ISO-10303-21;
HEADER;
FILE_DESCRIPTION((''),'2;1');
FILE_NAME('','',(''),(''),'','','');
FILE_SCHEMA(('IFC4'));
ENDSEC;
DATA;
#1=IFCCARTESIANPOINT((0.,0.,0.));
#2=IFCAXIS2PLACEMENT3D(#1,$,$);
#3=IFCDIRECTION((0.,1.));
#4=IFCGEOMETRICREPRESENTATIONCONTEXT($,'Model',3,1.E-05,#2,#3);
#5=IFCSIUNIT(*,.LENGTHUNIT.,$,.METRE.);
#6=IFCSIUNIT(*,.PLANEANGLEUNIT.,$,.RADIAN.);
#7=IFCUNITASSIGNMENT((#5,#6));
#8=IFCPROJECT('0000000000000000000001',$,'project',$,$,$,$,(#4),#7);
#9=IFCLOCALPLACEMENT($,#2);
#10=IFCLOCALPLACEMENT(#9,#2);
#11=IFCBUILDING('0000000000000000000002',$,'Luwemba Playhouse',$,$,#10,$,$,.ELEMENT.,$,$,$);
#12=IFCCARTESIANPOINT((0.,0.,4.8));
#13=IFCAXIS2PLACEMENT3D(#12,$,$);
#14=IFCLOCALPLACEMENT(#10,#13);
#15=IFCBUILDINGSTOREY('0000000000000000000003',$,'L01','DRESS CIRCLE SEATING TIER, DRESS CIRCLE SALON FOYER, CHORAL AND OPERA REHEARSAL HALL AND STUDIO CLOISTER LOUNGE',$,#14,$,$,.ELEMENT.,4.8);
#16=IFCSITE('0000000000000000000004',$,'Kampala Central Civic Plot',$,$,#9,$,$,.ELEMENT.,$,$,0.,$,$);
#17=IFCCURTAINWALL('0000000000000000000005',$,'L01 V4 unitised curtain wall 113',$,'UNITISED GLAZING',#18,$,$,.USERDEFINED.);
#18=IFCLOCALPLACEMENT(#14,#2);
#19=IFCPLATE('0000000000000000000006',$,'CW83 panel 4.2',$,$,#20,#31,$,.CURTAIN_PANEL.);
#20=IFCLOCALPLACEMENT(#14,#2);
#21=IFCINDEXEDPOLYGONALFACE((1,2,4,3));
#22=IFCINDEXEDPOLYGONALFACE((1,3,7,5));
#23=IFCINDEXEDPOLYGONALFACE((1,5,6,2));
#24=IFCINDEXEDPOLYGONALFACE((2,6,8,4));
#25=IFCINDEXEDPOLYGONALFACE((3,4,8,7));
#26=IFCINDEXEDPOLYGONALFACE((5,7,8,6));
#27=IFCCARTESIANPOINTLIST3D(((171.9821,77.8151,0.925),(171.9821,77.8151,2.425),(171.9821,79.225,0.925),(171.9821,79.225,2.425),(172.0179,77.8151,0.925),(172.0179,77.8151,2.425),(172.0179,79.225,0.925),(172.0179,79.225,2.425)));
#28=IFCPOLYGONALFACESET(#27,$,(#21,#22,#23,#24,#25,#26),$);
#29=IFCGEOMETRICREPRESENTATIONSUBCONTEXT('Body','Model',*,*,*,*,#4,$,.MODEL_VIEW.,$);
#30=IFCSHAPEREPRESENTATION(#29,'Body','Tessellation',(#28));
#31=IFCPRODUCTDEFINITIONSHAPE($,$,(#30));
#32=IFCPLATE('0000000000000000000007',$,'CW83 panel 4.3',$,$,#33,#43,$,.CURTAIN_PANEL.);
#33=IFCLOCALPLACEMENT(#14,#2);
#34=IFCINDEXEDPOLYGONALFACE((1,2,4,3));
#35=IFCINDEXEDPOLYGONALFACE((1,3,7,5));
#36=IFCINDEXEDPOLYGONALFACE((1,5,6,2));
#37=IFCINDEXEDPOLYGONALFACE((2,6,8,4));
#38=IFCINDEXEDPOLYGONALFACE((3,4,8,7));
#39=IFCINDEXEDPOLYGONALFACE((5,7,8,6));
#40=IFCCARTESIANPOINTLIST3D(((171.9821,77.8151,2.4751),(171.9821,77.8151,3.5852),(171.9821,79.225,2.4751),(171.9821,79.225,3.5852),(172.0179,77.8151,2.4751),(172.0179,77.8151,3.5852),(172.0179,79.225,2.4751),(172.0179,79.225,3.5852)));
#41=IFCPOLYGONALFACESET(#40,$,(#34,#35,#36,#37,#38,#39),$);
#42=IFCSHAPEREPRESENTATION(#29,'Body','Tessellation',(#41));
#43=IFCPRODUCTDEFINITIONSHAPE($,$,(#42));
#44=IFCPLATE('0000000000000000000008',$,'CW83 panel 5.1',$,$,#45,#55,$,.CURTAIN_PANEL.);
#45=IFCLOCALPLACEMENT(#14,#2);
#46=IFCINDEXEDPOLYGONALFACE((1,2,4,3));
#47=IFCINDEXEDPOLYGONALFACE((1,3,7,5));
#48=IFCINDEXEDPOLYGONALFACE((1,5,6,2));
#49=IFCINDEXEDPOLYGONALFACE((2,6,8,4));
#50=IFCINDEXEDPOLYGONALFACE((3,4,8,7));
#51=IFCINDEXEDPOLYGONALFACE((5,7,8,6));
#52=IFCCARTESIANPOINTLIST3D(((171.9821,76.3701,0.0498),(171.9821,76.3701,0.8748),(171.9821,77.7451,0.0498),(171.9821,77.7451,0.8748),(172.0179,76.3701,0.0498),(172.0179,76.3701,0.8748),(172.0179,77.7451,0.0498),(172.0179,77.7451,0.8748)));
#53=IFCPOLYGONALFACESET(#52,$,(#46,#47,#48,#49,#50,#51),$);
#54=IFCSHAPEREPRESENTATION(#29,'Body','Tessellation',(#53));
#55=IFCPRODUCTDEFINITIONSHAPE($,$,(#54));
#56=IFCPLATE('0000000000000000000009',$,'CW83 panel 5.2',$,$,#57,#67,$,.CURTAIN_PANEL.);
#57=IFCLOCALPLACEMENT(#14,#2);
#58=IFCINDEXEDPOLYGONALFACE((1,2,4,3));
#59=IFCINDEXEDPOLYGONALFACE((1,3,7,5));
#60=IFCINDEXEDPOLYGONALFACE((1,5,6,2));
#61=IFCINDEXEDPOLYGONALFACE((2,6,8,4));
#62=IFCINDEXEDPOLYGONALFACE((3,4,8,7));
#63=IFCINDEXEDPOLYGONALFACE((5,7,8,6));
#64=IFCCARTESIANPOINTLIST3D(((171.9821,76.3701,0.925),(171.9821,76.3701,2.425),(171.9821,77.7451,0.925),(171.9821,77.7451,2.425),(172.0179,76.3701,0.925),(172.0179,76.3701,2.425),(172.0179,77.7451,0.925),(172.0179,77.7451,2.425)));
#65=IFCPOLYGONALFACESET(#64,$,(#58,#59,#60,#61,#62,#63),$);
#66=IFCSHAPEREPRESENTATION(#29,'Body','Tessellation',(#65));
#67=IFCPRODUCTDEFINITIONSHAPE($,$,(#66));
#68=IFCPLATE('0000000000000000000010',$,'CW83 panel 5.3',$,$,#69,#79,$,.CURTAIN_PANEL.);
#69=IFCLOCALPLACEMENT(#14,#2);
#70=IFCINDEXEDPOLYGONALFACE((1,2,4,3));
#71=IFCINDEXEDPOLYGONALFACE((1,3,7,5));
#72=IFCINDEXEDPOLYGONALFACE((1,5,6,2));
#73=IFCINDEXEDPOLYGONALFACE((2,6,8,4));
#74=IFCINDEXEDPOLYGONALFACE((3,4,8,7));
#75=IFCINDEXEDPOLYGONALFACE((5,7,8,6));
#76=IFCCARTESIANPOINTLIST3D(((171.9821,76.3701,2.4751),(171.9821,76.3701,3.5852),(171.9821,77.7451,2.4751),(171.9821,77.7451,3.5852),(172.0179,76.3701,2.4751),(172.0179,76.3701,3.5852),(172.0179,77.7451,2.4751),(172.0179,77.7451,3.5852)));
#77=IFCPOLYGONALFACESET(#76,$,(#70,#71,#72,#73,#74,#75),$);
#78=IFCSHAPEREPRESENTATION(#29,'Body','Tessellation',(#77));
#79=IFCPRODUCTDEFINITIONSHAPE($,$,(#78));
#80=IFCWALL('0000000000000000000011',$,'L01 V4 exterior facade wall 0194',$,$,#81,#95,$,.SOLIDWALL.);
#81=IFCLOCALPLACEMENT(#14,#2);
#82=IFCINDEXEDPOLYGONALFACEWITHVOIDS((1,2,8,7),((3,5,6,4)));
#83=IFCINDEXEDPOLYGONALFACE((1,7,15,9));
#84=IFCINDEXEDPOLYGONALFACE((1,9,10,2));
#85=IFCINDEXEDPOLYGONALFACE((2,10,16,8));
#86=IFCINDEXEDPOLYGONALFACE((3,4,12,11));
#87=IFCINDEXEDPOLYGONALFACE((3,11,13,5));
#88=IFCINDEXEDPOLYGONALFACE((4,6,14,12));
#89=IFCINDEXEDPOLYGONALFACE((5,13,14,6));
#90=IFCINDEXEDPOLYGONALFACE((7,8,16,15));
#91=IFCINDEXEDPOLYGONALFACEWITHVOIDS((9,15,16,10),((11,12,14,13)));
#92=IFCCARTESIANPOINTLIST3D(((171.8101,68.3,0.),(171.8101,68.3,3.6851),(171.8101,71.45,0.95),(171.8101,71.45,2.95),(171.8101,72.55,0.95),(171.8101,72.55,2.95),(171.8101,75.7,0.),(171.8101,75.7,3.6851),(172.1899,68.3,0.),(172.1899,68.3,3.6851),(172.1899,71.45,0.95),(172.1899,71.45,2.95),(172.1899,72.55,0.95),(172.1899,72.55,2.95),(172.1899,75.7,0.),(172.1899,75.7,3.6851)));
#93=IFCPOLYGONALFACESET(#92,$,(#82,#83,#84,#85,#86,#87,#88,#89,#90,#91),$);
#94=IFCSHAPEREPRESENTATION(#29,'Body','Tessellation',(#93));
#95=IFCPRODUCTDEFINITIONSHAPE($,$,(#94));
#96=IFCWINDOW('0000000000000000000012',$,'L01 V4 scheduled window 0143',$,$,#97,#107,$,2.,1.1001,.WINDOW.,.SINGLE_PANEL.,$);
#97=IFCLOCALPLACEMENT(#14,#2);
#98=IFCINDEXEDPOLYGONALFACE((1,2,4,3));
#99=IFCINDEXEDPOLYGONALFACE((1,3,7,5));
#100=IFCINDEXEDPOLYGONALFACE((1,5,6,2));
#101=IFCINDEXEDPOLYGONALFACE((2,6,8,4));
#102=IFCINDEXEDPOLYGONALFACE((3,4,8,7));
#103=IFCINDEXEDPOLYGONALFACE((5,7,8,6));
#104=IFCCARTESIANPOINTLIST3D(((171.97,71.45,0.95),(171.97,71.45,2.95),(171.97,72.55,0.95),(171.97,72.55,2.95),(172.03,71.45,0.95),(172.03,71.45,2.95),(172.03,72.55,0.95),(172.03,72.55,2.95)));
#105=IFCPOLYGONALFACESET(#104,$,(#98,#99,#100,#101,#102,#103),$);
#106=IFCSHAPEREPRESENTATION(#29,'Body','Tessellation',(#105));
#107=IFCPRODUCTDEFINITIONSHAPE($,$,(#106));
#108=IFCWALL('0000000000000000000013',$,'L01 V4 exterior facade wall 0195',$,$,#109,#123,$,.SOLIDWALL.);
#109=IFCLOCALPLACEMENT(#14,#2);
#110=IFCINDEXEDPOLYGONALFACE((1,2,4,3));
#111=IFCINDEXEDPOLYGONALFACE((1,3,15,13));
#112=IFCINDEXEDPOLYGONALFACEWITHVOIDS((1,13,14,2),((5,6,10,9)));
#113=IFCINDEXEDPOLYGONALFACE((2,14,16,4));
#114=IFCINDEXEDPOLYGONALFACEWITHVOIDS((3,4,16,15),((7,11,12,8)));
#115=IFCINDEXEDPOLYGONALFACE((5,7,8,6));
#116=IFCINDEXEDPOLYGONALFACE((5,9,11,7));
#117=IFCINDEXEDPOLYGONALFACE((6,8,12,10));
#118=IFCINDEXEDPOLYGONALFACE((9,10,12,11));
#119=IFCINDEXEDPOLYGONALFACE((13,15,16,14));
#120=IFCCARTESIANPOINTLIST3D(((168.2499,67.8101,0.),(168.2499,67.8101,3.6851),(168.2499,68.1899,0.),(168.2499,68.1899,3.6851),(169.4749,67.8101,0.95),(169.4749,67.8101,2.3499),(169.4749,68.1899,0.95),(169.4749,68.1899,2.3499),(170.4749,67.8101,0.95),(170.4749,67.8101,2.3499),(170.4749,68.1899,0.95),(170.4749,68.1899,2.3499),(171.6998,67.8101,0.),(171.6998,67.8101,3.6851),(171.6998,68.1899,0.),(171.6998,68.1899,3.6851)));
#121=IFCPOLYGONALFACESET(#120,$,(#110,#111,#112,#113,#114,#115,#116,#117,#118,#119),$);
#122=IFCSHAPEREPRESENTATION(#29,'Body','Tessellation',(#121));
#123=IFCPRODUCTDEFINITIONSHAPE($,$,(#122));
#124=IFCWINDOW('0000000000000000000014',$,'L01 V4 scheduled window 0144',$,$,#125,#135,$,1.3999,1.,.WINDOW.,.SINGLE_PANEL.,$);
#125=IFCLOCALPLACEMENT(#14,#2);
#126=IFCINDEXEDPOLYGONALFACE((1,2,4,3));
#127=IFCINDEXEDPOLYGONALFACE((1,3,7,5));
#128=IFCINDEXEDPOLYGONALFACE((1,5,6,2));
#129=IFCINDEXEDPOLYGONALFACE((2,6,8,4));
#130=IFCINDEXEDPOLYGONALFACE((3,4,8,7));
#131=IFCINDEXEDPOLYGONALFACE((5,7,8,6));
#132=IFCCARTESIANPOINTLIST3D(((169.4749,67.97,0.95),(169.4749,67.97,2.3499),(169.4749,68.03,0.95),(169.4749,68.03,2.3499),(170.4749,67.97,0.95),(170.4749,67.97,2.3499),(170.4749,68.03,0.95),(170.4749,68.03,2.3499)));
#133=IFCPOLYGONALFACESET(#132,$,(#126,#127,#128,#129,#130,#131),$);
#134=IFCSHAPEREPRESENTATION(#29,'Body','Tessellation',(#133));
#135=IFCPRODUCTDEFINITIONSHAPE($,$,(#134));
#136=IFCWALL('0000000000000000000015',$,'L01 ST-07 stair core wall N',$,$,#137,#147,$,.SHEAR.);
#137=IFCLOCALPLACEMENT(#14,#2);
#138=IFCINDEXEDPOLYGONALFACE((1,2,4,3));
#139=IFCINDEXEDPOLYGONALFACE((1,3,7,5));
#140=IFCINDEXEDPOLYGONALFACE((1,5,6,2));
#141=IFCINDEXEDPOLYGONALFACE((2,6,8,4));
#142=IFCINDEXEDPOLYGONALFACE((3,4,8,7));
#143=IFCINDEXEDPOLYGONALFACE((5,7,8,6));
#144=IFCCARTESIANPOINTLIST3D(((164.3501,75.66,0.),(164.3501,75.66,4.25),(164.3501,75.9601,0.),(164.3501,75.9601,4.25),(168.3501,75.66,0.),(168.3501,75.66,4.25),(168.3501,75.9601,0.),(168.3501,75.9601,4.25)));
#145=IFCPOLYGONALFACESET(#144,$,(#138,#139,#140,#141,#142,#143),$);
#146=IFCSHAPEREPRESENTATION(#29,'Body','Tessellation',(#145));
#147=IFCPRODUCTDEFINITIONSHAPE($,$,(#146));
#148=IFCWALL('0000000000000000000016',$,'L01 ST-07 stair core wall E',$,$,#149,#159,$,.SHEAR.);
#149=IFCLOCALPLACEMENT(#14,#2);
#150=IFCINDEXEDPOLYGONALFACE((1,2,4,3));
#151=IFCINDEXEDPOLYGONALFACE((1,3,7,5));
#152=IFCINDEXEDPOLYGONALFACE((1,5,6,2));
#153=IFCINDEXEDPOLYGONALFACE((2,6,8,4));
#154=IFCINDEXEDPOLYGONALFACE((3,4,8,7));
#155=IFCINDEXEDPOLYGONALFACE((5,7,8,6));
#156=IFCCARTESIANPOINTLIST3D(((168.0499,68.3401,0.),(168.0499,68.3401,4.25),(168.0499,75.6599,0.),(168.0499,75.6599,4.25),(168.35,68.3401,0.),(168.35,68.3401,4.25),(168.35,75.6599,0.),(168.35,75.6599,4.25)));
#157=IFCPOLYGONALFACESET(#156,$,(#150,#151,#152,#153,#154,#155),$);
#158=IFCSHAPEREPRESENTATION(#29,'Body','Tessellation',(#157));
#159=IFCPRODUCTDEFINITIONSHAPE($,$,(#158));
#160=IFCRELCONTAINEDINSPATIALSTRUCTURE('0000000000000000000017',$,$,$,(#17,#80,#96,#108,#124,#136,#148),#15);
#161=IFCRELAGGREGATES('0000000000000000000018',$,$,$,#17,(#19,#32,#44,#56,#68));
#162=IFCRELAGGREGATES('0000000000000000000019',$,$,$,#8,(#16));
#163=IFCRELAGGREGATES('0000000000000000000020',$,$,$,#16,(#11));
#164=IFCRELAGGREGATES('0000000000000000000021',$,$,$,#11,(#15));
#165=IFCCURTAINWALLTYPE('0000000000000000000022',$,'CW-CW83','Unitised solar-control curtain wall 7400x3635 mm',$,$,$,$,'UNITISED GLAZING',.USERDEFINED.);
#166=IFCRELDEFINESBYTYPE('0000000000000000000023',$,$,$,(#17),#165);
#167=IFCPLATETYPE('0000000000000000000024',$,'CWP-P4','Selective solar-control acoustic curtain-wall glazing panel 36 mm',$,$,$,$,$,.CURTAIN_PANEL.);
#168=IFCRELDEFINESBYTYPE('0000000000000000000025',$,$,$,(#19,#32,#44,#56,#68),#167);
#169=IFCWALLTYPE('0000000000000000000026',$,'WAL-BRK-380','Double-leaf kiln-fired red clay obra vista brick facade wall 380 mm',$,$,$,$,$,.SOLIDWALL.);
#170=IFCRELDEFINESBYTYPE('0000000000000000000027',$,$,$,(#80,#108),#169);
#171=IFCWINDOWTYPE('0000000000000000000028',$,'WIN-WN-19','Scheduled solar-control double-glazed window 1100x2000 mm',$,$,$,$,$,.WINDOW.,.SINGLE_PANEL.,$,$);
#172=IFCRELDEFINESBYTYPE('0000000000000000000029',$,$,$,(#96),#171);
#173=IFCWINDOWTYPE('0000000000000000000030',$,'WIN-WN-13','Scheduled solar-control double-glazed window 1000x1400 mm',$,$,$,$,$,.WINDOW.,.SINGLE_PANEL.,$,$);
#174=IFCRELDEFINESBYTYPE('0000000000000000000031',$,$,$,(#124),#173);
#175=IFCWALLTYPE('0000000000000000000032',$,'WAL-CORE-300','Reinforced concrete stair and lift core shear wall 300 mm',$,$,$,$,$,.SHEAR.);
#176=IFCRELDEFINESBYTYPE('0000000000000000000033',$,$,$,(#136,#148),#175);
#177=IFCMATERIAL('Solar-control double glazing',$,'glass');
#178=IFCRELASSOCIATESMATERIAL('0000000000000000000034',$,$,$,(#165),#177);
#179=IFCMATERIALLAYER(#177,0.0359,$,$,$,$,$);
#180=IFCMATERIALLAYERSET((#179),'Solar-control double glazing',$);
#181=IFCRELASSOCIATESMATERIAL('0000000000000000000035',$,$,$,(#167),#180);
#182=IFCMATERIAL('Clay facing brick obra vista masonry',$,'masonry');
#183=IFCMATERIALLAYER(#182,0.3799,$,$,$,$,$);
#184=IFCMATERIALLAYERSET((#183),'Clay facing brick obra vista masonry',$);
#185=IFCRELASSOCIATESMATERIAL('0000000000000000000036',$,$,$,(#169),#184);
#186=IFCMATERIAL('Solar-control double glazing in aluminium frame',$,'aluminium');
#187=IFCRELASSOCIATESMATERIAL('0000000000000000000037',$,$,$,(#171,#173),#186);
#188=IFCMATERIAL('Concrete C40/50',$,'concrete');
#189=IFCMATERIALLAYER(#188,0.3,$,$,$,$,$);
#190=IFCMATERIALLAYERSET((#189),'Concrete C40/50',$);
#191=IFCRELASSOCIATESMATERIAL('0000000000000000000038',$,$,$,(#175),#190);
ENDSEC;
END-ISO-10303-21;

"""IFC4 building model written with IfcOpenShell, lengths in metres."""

from ifc_helpers import new_model, si_unit, direction, frame, frame_2d, origin, origin_2d, place, context, subcontext, project, spatial, rectangle, extrude, material, layer, layer_set, type_object, element, fill, aggregate, save


model = new_model("IFC4")

# Units and contexts
model_context = context("Model", 3, precision=1e-05, world=origin(), true_north=direction((0.0, 1.0)))
body_context = subcontext(model_context, "Body", "Model", "MODEL_VIEW")
ifc_project = project(units=[si_unit("LENGTHUNIT", "METRE"), si_unit("PLANEANGLEUNIT", "RADIAN")], contexts=[model_context])

# Site, building, storey
site_placement = place(None, origin())
site = spatial("IfcSite", under=ifc_project, at=site_placement, Name="Kampala Central Civic Plot", CompositionType="ELEMENT", RefElevation=0.0)
building_placement = place(site_placement, origin())
building = spatial("IfcBuilding", under=site, at=building_placement, Name="Luwemba Playhouse", CompositionType="ELEMENT")
storey_placement = place(building_placement, frame((0.0, 0.0, 4.8)))
storey = spatial("IfcBuildingStorey", under=building, at=storey_placement, Name="L01", Description="DRESS CIRCLE SEATING TIER, DRESS CIRCLE SALON FOYER, CHORAL AND OPERA REHEARSAL HALL AND STUDIO CLOISTER LOUNGE", CompositionType="ELEMENT", Elevation=4.8)

# Shared definitions
ifc_material_1 = material(Name="Concrete C40/50", Category="concrete")

# Curtain wall, plates
ifc_material_2 = material(Name="Solar-control double glazing", Category="glass")
curtain_wall_type = type_object("IfcCurtainWallType", Name="CW-CW83", Description="Unitised solar-control curtain wall 7400x3635 mm", ElementType="UNITISED GLAZING", PredefinedType="USERDEFINED", material=ifc_material_2)
curtain_wall_placement = place(storey_placement, origin())
curtain_wall = element("IfcCurtainWall", 1, at=curtain_wall_placement, inside=storey, type_object=curtain_wall_type, Name="L01 V4 unitised curtain wall 113", ObjectType="UNITISED GLAZING", PredefinedType="USERDEFINED")
ifc_layer_1 = layer(ifc_material_2, 0.0359)
ifc_layer_set_1 = layer_set([ifc_layer_1], Name="Solar-control double glazing")
plate_type = type_object("IfcPlateType", Name="CWP-P4", Description="Selective solar-control acoustic curtain-wall glazing panel 36 mm", PredefinedType="CURTAIN_PANEL", material=ifc_layer_set_1)
plate_1_placement = place(storey_placement, frame((172.0, 78.52, 0.925), z_axis=(0.0, 0.0, 1.0), x_axis=(0.0, -1.0, 0.0)))
plate_1 = element("IfcPlate", 2, at=plate_1_placement, type_object=plate_type, Name="CW83 panel 4.2", PredefinedType="CURTAIN_PANEL", context=body_context, shape_type="SweptSolid", body=[
    extrude(rectangle(XDim=1.4099, YDim=0.0359, at=origin_2d()), origin(), (0.0, 0.0, 1.0), 1.5),
])
plate_2_placement = place(storey_placement, frame((172.0, 78.52, 2.4751), z_axis=(0.0, 0.0, 1.0), x_axis=(0.0, -1.0, 0.0)))
plate_2 = element("IfcPlate", 3, at=plate_2_placement, type_object=plate_type, Name="CW83 panel 4.3", PredefinedType="CURTAIN_PANEL", context=body_context, shape_type="SweptSolid", body=[
    extrude(rectangle(XDim=1.4099, YDim=0.0359, at=origin_2d()), origin(), (0.0, 0.0, 1.0), 1.1101),
])
plate_3_placement = place(storey_placement, frame((172.0, 77.0576, 0.0498), z_axis=(0.0, 0.0, 1.0), x_axis=(0.0, -1.0, 0.0)))
plate_3 = element("IfcPlate", 4, at=plate_3_placement, type_object=plate_type, Name="CW83 panel 5.1", PredefinedType="CURTAIN_PANEL", context=body_context, shape_type="SweptSolid", body=[
    extrude(rectangle(XDim=1.375, YDim=0.0359, at=origin_2d()), origin(), (0.0, 0.0, 1.0), 0.825),
])
plate_4_placement = place(storey_placement, frame((172.0, 77.0576, 0.925), z_axis=(0.0, 0.0, 1.0), x_axis=(0.0, -1.0, 0.0)))
plate_4 = element("IfcPlate", 5, at=plate_4_placement, type_object=plate_type, Name="CW83 panel 5.2", PredefinedType="CURTAIN_PANEL", context=body_context, shape_type="SweptSolid", body=[
    extrude(rectangle(XDim=1.375, YDim=0.0359, at=origin_2d()), origin(), (0.0, 0.0, 1.0), 1.5),
])
plate_5_placement = place(storey_placement, frame((172.0, 77.0576, 2.4751), z_axis=(0.0, 0.0, 1.0), x_axis=(0.0, -1.0, 0.0)))
plate_5 = element("IfcPlate", 6, at=plate_5_placement, type_object=plate_type, Name="CW83 panel 5.3", PredefinedType="CURTAIN_PANEL", context=body_context, shape_type="SweptSolid", body=[
    extrude(rectangle(XDim=1.375, YDim=0.0359, at=origin_2d()), origin(), (0.0, 0.0, 1.0), 1.1101),
])
aggregate(curtain_wall, [plate_1, plate_2, plate_3, plate_4, plate_5])

# Walls, openings, windows
ifc_material_3 = material(Name="Clay facing brick obra vista masonry", Category="masonry")
ifc_layer_2 = layer(ifc_material_3, 0.3799)
ifc_layer_set_2 = layer_set([ifc_layer_2], Name="Clay facing brick obra vista masonry")
wall_type_1 = type_object("IfcWallType", Name="WAL-BRK-380", Description="Double-leaf kiln-fired red clay obra vista brick facade wall 380 mm", PredefinedType="SOLIDWALL", material=ifc_layer_set_2)
wall_1_placement = place(storey_placement, frame((172.0, 75.7, 0.0), z_axis=(0.0, 0.0, 1.0), x_axis=(0.0, -1.0, 0.0)))
wall_1 = element("IfcWall", 7, at=wall_1_placement, inside=storey, type_object=wall_type_1, Name="L01 V4 exterior facade wall 0194", PredefinedType="SOLIDWALL", context=body_context, shape_type="SweptSolid", body=[
    extrude(rectangle(XDim=7.3999, YDim=0.3799, at=frame_2d((3.7, 0.0))), origin(), (0.0, 0.0, 1.0), 3.6851),
])
opening_1_placement = place(wall_1_placement, frame((3.1499, 0.0, 0.95)))
opening_1 = element("IfcOpeningElement", 8, at=opening_1_placement, cuts=wall_1, PredefinedType="OPENING", context=body_context, shape_type="SweptSolid", body=[
    extrude(rectangle(XDim=1.1001, YDim=2.0, at=frame_2d((0.55, 1.0))), frame((0.0, 0.2, 0.0), z_axis=(0.0, -1.0, 0.0), x_axis=(1.0, 0.0, 0.0)), (0.0, 0.0, 1.0), 0.3999),
])
ifc_material_4 = material(Name="Solar-control double glazing in aluminium frame", Category="aluminium")
window_type_1 = type_object("IfcWindowType", Name="WIN-WN-19", Description="Scheduled solar-control double-glazed window 1100x2000 mm", PartitioningType="SINGLE_PANEL", PredefinedType="WINDOW", material=ifc_material_4)
window_1_placement = place(opening_1_placement, origin())
window_1 = element("IfcWindow", 9, at=window_1_placement, inside=storey, type_object=window_type_1, Name="L01 V4 scheduled window 0143", OverallHeight=2.0, OverallWidth=1.1001, PartitioningType="SINGLE_PANEL", PredefinedType="WINDOW", context=body_context, shape_type="SweptSolid", body=[
    extrude(rectangle(XDim=1.1001, YDim=2.0, at=frame_2d((0.55, 1.0))), frame((0.0, 0.03, 0.0), z_axis=(0.0, -1.0, 0.0), x_axis=(1.0, 0.0, 0.0)), (0.0, 0.0, 1.0), 0.0601),
])
fill(opening_1, window_1)
wall_2_placement = place(storey_placement, frame((171.7, 68.0, 0.0), z_axis=(0.0, 0.0, 1.0), x_axis=(-1.0, 0.0, 0.0)))
wall_2 = element("IfcWall", 10, at=wall_2_placement, inside=storey, type_object=wall_type_1, Name="L01 V4 exterior facade wall 0195", PredefinedType="SOLIDWALL", context=body_context, shape_type="SweptSolid", body=[
    extrude(rectangle(XDim=3.45, YDim=0.3799, at=frame_2d((1.7251, 0.0))), origin(), (0.0, 0.0, 1.0), 3.6851),
])
opening_2_placement = place(wall_2_placement, frame((1.2251, 0.0, 0.95)))
opening_2 = element("IfcOpeningElement", 11, at=opening_2_placement, cuts=wall_2, PredefinedType="OPENING", context=body_context, shape_type="SweptSolid", body=[
    extrude(rectangle(XDim=1.0, YDim=1.3999, at=frame_2d((0.5, 0.7))), frame((0.0, 0.2, 0.0), z_axis=(0.0, -1.0, 0.0), x_axis=(1.0, 0.0, 0.0)), (0.0, 0.0, 1.0), 0.3999),
])
window_type_2 = type_object("IfcWindowType", Name="WIN-WN-13", Description="Scheduled solar-control double-glazed window 1000x1400 mm", PartitioningType="SINGLE_PANEL", PredefinedType="WINDOW", material=ifc_material_4)
window_2_placement = place(opening_2_placement, origin())
window_2 = element("IfcWindow", 12, at=window_2_placement, inside=storey, type_object=window_type_2, Name="L01 V4 scheduled window 0144", OverallHeight=1.3999, OverallWidth=1.0, PartitioningType="SINGLE_PANEL", PredefinedType="WINDOW", context=body_context, shape_type="SweptSolid", body=[
    extrude(rectangle(XDim=1.0, YDim=1.3999, at=frame_2d((0.5, 0.7))), frame((0.0, 0.03, 0.0), z_axis=(0.0, -1.0, 0.0), x_axis=(1.0, 0.0, 0.0)), (0.0, 0.0, 1.0), 0.0601),
])
fill(opening_2, window_2)

# Walls
ifc_layer_3 = layer(ifc_material_1, 0.3)
ifc_layer_set_3 = layer_set([ifc_layer_3], Name="Concrete C40/50")
wall_type_2 = type_object("IfcWallType", Name="WAL-CORE-300", Description="Reinforced concrete stair and lift core shear wall 300 mm", PredefinedType="SHEAR", material=ifc_layer_set_3)
wall_3_placement = place(storey_placement, frame((168.3501, 75.8101, 0.0), z_axis=(0.0, 0.0, 1.0), x_axis=(-1.0, 0.0, 0.0)))
element("IfcWall", 13, at=wall_3_placement, inside=storey, type_object=wall_type_2, Name="L01 ST-07 stair core wall N", PredefinedType="SHEAR", context=body_context, shape_type="SweptSolid", body=[
    extrude(rectangle(XDim=4.0, YDim=0.3, at=frame_2d((2.0, 0.0))), origin(), (0.0, 0.0, 1.0), 4.25),
])
wall_4_placement = place(storey_placement, frame((168.2, 75.6599, 0.0), z_axis=(0.0, 0.0, 1.0), x_axis=(0.0, -1.0, 0.0)))
element("IfcWall", 14, at=wall_4_placement, inside=storey, type_object=wall_type_2, Name="L01 ST-07 stair core wall E", PredefinedType="SHEAR", context=body_context, shape_type="SweptSolid", body=[
    extrude(rectangle(XDim=7.3198, YDim=0.3, at=frame_2d((3.6599, 0.0))), origin(), (0.0, 0.0, 1.0), 4.25),
])

save(model, "model.ifc")
